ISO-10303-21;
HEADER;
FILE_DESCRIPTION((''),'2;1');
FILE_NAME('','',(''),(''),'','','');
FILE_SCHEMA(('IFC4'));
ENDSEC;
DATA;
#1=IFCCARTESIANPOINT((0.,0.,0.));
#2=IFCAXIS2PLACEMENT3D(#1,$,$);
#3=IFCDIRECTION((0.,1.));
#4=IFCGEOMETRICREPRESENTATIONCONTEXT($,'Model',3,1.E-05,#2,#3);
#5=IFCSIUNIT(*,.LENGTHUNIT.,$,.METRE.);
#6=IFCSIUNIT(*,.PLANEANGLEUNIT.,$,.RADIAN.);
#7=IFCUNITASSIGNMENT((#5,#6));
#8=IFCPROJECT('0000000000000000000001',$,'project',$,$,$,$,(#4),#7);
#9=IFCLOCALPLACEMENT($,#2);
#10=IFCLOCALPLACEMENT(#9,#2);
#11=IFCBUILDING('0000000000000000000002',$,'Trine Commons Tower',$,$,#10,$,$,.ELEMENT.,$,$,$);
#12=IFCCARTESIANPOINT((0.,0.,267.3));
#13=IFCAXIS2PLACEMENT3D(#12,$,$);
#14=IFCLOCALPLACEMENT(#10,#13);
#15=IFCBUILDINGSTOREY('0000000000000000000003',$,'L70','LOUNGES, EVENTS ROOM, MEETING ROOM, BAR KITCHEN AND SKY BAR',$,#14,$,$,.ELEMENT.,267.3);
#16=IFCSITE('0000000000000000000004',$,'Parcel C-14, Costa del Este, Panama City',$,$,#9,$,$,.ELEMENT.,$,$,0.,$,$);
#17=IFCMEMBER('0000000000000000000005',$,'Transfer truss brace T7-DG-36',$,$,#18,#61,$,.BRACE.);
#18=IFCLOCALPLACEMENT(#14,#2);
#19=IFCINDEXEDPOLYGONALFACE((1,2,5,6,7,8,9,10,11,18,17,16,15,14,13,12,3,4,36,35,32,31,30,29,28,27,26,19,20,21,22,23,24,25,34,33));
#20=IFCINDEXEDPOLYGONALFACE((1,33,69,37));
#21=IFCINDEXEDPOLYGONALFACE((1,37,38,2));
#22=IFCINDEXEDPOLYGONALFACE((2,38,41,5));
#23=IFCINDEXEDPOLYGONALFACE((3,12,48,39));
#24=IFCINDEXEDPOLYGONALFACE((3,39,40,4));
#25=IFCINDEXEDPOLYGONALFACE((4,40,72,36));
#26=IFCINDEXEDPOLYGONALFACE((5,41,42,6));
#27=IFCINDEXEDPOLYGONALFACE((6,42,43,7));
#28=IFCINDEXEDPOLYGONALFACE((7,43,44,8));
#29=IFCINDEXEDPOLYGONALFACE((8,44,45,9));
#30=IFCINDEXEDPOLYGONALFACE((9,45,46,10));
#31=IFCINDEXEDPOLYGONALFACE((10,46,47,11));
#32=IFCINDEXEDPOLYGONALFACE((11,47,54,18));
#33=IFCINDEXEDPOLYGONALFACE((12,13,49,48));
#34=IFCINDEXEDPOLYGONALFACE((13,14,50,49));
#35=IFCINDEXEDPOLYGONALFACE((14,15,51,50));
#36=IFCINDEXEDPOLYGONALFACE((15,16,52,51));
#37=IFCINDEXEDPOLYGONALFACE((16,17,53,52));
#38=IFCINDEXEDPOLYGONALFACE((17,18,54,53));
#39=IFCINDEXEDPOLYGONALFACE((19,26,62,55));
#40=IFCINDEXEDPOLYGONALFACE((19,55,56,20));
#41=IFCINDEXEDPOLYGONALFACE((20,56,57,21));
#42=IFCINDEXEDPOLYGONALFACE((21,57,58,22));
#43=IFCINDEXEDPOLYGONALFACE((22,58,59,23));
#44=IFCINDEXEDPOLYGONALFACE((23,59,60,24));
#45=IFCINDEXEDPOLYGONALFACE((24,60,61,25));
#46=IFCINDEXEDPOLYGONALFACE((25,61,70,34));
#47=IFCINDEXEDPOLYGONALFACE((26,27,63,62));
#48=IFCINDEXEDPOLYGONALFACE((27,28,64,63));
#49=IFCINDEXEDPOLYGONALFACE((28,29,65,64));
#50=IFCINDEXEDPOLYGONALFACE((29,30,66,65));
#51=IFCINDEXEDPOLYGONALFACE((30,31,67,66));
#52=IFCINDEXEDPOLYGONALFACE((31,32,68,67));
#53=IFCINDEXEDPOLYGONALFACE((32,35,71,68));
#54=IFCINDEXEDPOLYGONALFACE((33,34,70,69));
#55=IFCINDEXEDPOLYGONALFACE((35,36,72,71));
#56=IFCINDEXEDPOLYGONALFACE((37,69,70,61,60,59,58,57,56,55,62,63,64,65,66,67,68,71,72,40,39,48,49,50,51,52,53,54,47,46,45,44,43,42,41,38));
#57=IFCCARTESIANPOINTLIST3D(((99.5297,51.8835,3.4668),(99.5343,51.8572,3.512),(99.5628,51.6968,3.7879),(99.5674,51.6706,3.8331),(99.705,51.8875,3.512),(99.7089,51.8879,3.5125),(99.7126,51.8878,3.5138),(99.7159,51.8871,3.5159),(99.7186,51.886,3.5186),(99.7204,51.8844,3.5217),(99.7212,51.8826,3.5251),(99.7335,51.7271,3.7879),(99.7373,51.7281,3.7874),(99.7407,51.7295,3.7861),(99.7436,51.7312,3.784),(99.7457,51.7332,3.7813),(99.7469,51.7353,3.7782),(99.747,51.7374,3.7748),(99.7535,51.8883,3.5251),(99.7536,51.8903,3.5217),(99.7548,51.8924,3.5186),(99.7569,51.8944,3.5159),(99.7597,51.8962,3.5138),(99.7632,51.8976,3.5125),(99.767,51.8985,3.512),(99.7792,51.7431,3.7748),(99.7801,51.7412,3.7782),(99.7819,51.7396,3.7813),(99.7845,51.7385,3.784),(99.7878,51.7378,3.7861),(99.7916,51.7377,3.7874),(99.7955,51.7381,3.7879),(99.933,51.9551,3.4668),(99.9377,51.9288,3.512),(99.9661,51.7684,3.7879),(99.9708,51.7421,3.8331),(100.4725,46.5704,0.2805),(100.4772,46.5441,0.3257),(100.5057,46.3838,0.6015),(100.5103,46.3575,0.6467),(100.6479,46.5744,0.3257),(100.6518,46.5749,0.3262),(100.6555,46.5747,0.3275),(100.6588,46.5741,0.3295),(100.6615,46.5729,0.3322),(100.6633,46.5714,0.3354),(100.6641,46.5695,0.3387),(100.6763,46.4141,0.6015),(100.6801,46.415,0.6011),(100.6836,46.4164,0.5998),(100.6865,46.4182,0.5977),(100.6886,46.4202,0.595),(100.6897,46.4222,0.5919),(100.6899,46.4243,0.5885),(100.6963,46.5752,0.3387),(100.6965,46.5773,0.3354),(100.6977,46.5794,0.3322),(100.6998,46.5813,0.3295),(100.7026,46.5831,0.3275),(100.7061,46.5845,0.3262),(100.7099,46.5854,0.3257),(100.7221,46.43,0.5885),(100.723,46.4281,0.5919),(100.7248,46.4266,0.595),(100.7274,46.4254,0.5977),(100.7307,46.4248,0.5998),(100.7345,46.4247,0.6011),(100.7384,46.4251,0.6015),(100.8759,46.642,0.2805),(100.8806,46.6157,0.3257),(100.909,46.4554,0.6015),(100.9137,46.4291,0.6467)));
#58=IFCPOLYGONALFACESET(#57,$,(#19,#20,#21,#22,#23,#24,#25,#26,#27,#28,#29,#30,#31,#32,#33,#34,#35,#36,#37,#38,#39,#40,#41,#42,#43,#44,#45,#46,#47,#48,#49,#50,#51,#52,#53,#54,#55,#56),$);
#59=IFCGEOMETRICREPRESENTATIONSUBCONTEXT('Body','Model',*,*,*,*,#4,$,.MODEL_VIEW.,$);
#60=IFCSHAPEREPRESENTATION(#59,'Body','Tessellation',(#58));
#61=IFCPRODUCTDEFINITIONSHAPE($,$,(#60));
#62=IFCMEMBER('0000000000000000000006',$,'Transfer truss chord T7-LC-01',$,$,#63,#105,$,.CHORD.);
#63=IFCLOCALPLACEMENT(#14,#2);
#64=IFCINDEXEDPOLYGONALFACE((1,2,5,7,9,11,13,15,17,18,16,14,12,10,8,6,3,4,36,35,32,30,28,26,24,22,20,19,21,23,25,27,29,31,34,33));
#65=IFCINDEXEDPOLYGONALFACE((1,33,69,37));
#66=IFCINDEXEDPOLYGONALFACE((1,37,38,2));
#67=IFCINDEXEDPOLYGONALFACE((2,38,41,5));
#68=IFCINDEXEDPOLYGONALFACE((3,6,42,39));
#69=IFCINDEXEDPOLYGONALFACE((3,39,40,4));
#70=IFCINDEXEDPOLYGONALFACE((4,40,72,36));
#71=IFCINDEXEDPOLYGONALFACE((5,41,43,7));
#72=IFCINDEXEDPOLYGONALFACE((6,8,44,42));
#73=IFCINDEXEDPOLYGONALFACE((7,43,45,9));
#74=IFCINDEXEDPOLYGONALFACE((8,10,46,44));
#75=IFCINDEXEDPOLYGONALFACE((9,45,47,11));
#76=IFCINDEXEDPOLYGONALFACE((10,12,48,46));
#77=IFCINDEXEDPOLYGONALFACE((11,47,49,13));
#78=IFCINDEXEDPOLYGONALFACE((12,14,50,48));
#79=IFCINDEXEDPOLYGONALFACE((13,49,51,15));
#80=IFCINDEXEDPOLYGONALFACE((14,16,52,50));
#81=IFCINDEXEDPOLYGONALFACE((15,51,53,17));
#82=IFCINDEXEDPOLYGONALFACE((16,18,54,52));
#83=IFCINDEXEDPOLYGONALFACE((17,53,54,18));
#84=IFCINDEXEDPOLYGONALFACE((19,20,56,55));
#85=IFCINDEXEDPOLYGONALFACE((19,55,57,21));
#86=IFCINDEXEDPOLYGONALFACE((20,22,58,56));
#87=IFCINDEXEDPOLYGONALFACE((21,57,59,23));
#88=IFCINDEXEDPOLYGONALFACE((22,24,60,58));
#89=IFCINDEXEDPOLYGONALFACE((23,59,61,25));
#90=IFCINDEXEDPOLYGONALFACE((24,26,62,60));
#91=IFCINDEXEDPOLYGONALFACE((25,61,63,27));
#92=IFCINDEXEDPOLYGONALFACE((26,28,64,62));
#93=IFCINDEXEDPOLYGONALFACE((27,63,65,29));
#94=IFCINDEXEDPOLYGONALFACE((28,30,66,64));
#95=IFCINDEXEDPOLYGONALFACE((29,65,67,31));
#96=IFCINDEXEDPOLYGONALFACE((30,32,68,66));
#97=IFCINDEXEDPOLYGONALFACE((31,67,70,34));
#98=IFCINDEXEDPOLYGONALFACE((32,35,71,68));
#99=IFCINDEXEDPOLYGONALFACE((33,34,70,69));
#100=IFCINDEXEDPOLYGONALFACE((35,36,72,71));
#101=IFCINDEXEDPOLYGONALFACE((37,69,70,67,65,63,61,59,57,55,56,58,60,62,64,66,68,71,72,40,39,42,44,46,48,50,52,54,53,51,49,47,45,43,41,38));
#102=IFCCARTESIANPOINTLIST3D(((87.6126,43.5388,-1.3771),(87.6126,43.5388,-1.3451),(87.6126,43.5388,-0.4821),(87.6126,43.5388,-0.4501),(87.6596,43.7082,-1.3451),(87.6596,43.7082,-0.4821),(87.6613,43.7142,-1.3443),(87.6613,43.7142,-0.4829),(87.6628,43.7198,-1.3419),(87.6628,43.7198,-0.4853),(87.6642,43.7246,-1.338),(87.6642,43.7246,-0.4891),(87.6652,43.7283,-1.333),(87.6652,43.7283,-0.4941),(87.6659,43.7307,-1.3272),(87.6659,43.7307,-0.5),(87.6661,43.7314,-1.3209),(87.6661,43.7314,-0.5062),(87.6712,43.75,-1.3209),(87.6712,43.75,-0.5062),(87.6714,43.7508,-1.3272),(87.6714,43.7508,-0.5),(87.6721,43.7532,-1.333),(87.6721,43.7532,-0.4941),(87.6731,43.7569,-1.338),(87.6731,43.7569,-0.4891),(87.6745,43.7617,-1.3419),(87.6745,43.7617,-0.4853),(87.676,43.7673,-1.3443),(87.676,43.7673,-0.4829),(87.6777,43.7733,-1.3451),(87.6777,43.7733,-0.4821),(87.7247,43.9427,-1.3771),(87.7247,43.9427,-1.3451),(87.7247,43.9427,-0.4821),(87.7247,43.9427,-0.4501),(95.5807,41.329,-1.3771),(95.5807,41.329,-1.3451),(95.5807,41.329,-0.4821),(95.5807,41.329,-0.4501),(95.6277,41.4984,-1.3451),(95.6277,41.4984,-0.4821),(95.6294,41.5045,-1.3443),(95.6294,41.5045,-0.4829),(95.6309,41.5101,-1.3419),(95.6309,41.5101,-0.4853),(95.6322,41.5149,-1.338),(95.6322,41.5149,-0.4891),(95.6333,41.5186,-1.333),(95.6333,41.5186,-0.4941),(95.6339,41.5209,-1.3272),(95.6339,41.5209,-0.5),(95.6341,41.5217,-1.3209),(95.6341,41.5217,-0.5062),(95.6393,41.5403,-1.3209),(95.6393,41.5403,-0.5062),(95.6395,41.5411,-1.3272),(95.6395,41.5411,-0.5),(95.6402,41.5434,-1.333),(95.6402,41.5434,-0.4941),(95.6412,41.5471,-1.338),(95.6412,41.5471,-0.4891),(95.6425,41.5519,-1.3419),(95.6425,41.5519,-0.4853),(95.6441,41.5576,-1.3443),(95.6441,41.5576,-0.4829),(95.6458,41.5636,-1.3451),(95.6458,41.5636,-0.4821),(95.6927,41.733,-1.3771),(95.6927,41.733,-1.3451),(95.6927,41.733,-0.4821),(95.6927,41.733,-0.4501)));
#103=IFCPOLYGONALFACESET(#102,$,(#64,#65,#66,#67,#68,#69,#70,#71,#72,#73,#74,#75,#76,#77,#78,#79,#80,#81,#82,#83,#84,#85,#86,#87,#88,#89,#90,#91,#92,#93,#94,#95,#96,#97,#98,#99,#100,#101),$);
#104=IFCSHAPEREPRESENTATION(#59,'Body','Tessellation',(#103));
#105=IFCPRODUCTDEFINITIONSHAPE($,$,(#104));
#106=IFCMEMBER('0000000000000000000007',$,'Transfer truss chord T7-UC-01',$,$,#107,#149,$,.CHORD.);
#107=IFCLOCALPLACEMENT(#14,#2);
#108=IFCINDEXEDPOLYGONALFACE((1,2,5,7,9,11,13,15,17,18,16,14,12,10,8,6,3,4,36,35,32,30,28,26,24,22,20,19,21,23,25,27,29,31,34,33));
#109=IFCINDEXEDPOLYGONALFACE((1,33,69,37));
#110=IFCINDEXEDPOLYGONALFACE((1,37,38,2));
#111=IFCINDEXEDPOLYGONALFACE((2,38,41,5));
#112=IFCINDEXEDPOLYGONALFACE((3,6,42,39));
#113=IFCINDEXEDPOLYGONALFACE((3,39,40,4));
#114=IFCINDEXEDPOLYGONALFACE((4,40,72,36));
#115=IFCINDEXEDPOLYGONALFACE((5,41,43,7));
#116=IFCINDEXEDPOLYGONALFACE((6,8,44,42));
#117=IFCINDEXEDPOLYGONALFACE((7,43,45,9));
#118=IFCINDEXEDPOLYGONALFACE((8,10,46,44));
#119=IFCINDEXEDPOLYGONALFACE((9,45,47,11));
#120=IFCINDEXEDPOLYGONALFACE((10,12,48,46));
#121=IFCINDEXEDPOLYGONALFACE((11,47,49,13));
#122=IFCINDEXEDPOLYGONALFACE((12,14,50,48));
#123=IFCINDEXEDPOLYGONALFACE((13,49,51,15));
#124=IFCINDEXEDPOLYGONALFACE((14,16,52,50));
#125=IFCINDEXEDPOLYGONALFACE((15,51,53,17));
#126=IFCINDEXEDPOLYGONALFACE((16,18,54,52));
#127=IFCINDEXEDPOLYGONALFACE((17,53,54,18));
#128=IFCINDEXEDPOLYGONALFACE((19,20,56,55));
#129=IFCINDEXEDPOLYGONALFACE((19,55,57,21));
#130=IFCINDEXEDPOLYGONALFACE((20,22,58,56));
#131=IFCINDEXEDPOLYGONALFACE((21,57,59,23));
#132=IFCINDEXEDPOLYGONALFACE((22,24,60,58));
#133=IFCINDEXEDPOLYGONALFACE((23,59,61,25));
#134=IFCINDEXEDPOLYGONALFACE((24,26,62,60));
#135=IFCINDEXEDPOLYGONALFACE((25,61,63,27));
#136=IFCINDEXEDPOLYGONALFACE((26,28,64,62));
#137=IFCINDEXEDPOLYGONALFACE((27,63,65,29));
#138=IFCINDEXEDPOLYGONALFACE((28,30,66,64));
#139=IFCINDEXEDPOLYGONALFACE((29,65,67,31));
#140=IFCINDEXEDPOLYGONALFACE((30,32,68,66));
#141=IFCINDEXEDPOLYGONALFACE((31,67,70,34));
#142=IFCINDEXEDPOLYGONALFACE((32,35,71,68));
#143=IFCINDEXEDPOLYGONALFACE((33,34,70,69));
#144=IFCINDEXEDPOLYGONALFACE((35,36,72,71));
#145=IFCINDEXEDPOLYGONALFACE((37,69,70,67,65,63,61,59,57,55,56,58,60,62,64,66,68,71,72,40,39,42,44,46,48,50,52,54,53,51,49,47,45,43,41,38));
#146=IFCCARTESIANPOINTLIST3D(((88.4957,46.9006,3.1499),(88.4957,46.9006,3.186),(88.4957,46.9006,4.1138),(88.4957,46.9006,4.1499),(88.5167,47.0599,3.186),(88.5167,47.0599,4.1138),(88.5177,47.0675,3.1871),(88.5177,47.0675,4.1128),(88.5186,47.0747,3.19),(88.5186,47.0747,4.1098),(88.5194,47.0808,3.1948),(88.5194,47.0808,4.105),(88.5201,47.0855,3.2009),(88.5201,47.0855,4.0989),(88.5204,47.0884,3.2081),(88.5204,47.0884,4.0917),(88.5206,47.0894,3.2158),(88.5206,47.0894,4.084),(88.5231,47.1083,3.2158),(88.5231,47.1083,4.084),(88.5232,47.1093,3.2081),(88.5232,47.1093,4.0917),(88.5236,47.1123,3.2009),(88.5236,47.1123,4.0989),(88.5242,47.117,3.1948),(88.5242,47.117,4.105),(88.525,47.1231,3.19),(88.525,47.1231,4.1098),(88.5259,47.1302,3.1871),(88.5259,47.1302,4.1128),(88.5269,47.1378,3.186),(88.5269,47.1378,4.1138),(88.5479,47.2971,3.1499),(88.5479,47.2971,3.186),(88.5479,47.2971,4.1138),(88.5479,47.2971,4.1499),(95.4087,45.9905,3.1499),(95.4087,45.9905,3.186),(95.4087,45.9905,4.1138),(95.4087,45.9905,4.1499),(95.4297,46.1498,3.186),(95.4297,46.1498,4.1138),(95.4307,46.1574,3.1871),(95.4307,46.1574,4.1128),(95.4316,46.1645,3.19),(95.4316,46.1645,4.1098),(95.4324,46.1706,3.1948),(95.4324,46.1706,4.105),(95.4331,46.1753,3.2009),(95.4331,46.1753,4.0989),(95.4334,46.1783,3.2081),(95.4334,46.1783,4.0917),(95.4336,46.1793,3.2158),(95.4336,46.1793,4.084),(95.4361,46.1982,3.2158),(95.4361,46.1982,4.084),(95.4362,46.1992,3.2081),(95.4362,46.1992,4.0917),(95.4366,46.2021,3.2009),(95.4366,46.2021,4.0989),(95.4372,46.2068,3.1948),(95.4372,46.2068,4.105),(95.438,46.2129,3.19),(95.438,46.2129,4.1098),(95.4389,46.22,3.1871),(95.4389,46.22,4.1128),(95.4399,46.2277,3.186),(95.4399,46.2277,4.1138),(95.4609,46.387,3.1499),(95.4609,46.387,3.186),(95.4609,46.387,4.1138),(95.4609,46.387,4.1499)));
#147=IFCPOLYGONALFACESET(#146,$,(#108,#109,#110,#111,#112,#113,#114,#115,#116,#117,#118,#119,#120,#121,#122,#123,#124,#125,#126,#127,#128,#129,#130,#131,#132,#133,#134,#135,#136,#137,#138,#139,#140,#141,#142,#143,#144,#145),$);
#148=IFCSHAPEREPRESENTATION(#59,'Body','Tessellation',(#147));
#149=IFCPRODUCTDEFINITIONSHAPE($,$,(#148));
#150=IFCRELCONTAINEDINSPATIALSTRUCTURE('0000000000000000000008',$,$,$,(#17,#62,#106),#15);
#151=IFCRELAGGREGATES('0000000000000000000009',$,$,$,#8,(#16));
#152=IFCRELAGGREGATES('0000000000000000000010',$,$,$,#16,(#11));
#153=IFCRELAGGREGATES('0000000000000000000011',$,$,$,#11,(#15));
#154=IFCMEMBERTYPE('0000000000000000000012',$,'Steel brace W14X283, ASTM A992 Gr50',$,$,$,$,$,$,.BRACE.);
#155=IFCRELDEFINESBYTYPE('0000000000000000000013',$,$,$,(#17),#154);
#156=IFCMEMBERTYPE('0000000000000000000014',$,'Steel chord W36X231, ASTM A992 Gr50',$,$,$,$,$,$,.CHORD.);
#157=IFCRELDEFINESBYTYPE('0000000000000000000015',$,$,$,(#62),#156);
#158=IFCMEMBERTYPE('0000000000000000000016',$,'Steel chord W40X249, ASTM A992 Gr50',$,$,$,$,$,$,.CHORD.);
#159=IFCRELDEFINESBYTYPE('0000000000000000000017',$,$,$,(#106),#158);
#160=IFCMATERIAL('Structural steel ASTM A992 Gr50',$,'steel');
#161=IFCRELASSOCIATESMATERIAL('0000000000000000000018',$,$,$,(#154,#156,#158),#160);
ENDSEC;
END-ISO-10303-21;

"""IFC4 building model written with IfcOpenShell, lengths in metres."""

from ifc_helpers import new_model, si_unit, direction, frame, origin, origin_2d, place, context, subcontext, project, spatial, i_section, extrude, material, material_profile, profile_set, type_object, element, save


model = new_model("IFC4")

# Units and contexts
model_context = context("Model", 3, precision=1e-05, world=origin(), true_north=direction((0.0, 1.0)))
body_context = subcontext(model_context, "Body", "Model", "MODEL_VIEW")
ifc_project = project(units=[si_unit("LENGTHUNIT", "METRE"), si_unit("PLANEANGLEUNIT", "RADIAN")], contexts=[model_context])

# Site, building, storey
site_placement = place(None, origin())
site = spatial("IfcSite", under=ifc_project, at=site_placement, Name="Parcel C-14, Costa del Este, Panama City", CompositionType="ELEMENT", RefElevation=0.0)
building_placement = place(site_placement, origin())
building = spatial("IfcBuilding", under=site, at=building_placement, Name="Trine Commons Tower", CompositionType="ELEMENT")
storey_placement = place(building_placement, frame((0.0, 0.0, 267.3)))
storey = spatial("IfcBuildingStorey", under=building, at=storey_placement, Name="L70", Description="LOUNGES, EVENTS ROOM, MEETING ROOM, BAR KITCHEN AND SKY BAR", CompositionType="ELEMENT", Elevation=267.3)

# Shared definitions
ifc_material_1 = material(Name="Structural steel ASTM A992 Gr50", Category="steel")

# Members
ifc_material_profile_1 = material_profile(ifc_material_1, i_section(OverallWidth=0.4097, OverallDepth=0.4253, WebThickness=0.0327, FlangeThickness=0.0525, FilletRadius=0.0151, at=origin_2d()), Name="W14X283")
ifc_profile_set_1 = profile_set([ifc_material_profile_1], Name="Structural steel ASTM A992 Gr50")
member_type_1 = type_object("IfcMemberType", Name="Steel brace W14X283, ASTM A992 Gr50", PredefinedType="BRACE", material=ifc_profile_set_1)
member_1_placement = place(storey_placement, frame((100.6931, 46.4998, 0.4636), z_axis=(-0.150462, 0.847838, 0.508461), x_axis=(-0.984615, -0.174735, 0.0)))
element("IfcMember", 1, at=member_1_placement, inside=storey, type_object=member_type_1, Name="Transfer truss brace T7-DG-36", PredefinedType="BRACE", context=body_context, shape_type="SweptSolid", body=[
    extrude(i_section(OverallWidth=0.4097, OverallDepth=0.4253, WebThickness=0.0327, FlangeThickness=0.0525, FilletRadius=0.0151, at=origin_2d()), origin(), (0.0, 0.0, 1.0), 6.2666),
])
ifc_material_profile_2 = material_profile(ifc_material_1, i_section(OverallWidth=0.4192, OverallDepth=0.927, WebThickness=0.0193, FlangeThickness=0.032, FilletRadius=0.0242, at=origin_2d()), Name="W36X231")
ifc_profile_set_2 = profile_set([ifc_material_profile_2], Name="Structural steel ASTM A992 Gr50")
member_type_2 = type_object("IfcMemberType", Name="Steel chord W36X231, ASTM A992 Gr50", PredefinedType="CHORD", material=ifc_profile_set_2)
member_2_placement = place(storey_placement, frame((95.6367, 41.531, -0.9136), z_axis=(-0.963631, 0.267237, 0.0), x_axis=(-0.267237, -0.963631, 0.0)))
element("IfcMember", 2, at=member_2_placement, inside=storey, type_object=member_type_2, Name="Transfer truss chord T7-LC-01", PredefinedType="CHORD", context=body_context, shape_type="SweptSolid", body=[
    extrude(i_section(OverallWidth=0.4192, OverallDepth=0.927, WebThickness=0.0193, FlangeThickness=0.032, FilletRadius=0.0242, at=origin_2d()), origin(), (0.0, 0.0, 1.0), 8.2688),
])
ifc_material_profile_3 = material_profile(ifc_material_1, i_section(OverallWidth=0.3999, OverallDepth=1.0, WebThickness=0.019, FlangeThickness=0.0361, FilletRadius=0.0298, at=origin_2d()), Name="W40X249")
ifc_profile_set_3 = profile_set([ifc_material_profile_3], Name="Structural steel ASTM A992 Gr50")
member_type_3 = type_object("IfcMemberType", Name="Steel chord W40X249, ASTM A992 Gr50", PredefinedType="CHORD", material=ifc_profile_set_3)
member_3_placement = place(storey_placement, frame((95.4348, 46.1887, 3.6499), z_axis=(-0.991444, 0.130531, 0.0), x_axis=(-0.130531, -0.991444, 0.0)))
element("IfcMember", 3, at=member_3_placement, inside=storey, type_object=member_type_3, Name="Transfer truss chord T7-UC-01", PredefinedType="CHORD", context=body_context, shape_type="SweptSolid", body=[
    extrude(i_section(OverallWidth=0.3999, OverallDepth=1.0, WebThickness=0.019, FlangeThickness=0.0361, FilletRadius=0.0298, at=origin_2d()), origin(), (0.0, 0.0, 1.0), 6.9727),
])

save(model, "model.ifc")
